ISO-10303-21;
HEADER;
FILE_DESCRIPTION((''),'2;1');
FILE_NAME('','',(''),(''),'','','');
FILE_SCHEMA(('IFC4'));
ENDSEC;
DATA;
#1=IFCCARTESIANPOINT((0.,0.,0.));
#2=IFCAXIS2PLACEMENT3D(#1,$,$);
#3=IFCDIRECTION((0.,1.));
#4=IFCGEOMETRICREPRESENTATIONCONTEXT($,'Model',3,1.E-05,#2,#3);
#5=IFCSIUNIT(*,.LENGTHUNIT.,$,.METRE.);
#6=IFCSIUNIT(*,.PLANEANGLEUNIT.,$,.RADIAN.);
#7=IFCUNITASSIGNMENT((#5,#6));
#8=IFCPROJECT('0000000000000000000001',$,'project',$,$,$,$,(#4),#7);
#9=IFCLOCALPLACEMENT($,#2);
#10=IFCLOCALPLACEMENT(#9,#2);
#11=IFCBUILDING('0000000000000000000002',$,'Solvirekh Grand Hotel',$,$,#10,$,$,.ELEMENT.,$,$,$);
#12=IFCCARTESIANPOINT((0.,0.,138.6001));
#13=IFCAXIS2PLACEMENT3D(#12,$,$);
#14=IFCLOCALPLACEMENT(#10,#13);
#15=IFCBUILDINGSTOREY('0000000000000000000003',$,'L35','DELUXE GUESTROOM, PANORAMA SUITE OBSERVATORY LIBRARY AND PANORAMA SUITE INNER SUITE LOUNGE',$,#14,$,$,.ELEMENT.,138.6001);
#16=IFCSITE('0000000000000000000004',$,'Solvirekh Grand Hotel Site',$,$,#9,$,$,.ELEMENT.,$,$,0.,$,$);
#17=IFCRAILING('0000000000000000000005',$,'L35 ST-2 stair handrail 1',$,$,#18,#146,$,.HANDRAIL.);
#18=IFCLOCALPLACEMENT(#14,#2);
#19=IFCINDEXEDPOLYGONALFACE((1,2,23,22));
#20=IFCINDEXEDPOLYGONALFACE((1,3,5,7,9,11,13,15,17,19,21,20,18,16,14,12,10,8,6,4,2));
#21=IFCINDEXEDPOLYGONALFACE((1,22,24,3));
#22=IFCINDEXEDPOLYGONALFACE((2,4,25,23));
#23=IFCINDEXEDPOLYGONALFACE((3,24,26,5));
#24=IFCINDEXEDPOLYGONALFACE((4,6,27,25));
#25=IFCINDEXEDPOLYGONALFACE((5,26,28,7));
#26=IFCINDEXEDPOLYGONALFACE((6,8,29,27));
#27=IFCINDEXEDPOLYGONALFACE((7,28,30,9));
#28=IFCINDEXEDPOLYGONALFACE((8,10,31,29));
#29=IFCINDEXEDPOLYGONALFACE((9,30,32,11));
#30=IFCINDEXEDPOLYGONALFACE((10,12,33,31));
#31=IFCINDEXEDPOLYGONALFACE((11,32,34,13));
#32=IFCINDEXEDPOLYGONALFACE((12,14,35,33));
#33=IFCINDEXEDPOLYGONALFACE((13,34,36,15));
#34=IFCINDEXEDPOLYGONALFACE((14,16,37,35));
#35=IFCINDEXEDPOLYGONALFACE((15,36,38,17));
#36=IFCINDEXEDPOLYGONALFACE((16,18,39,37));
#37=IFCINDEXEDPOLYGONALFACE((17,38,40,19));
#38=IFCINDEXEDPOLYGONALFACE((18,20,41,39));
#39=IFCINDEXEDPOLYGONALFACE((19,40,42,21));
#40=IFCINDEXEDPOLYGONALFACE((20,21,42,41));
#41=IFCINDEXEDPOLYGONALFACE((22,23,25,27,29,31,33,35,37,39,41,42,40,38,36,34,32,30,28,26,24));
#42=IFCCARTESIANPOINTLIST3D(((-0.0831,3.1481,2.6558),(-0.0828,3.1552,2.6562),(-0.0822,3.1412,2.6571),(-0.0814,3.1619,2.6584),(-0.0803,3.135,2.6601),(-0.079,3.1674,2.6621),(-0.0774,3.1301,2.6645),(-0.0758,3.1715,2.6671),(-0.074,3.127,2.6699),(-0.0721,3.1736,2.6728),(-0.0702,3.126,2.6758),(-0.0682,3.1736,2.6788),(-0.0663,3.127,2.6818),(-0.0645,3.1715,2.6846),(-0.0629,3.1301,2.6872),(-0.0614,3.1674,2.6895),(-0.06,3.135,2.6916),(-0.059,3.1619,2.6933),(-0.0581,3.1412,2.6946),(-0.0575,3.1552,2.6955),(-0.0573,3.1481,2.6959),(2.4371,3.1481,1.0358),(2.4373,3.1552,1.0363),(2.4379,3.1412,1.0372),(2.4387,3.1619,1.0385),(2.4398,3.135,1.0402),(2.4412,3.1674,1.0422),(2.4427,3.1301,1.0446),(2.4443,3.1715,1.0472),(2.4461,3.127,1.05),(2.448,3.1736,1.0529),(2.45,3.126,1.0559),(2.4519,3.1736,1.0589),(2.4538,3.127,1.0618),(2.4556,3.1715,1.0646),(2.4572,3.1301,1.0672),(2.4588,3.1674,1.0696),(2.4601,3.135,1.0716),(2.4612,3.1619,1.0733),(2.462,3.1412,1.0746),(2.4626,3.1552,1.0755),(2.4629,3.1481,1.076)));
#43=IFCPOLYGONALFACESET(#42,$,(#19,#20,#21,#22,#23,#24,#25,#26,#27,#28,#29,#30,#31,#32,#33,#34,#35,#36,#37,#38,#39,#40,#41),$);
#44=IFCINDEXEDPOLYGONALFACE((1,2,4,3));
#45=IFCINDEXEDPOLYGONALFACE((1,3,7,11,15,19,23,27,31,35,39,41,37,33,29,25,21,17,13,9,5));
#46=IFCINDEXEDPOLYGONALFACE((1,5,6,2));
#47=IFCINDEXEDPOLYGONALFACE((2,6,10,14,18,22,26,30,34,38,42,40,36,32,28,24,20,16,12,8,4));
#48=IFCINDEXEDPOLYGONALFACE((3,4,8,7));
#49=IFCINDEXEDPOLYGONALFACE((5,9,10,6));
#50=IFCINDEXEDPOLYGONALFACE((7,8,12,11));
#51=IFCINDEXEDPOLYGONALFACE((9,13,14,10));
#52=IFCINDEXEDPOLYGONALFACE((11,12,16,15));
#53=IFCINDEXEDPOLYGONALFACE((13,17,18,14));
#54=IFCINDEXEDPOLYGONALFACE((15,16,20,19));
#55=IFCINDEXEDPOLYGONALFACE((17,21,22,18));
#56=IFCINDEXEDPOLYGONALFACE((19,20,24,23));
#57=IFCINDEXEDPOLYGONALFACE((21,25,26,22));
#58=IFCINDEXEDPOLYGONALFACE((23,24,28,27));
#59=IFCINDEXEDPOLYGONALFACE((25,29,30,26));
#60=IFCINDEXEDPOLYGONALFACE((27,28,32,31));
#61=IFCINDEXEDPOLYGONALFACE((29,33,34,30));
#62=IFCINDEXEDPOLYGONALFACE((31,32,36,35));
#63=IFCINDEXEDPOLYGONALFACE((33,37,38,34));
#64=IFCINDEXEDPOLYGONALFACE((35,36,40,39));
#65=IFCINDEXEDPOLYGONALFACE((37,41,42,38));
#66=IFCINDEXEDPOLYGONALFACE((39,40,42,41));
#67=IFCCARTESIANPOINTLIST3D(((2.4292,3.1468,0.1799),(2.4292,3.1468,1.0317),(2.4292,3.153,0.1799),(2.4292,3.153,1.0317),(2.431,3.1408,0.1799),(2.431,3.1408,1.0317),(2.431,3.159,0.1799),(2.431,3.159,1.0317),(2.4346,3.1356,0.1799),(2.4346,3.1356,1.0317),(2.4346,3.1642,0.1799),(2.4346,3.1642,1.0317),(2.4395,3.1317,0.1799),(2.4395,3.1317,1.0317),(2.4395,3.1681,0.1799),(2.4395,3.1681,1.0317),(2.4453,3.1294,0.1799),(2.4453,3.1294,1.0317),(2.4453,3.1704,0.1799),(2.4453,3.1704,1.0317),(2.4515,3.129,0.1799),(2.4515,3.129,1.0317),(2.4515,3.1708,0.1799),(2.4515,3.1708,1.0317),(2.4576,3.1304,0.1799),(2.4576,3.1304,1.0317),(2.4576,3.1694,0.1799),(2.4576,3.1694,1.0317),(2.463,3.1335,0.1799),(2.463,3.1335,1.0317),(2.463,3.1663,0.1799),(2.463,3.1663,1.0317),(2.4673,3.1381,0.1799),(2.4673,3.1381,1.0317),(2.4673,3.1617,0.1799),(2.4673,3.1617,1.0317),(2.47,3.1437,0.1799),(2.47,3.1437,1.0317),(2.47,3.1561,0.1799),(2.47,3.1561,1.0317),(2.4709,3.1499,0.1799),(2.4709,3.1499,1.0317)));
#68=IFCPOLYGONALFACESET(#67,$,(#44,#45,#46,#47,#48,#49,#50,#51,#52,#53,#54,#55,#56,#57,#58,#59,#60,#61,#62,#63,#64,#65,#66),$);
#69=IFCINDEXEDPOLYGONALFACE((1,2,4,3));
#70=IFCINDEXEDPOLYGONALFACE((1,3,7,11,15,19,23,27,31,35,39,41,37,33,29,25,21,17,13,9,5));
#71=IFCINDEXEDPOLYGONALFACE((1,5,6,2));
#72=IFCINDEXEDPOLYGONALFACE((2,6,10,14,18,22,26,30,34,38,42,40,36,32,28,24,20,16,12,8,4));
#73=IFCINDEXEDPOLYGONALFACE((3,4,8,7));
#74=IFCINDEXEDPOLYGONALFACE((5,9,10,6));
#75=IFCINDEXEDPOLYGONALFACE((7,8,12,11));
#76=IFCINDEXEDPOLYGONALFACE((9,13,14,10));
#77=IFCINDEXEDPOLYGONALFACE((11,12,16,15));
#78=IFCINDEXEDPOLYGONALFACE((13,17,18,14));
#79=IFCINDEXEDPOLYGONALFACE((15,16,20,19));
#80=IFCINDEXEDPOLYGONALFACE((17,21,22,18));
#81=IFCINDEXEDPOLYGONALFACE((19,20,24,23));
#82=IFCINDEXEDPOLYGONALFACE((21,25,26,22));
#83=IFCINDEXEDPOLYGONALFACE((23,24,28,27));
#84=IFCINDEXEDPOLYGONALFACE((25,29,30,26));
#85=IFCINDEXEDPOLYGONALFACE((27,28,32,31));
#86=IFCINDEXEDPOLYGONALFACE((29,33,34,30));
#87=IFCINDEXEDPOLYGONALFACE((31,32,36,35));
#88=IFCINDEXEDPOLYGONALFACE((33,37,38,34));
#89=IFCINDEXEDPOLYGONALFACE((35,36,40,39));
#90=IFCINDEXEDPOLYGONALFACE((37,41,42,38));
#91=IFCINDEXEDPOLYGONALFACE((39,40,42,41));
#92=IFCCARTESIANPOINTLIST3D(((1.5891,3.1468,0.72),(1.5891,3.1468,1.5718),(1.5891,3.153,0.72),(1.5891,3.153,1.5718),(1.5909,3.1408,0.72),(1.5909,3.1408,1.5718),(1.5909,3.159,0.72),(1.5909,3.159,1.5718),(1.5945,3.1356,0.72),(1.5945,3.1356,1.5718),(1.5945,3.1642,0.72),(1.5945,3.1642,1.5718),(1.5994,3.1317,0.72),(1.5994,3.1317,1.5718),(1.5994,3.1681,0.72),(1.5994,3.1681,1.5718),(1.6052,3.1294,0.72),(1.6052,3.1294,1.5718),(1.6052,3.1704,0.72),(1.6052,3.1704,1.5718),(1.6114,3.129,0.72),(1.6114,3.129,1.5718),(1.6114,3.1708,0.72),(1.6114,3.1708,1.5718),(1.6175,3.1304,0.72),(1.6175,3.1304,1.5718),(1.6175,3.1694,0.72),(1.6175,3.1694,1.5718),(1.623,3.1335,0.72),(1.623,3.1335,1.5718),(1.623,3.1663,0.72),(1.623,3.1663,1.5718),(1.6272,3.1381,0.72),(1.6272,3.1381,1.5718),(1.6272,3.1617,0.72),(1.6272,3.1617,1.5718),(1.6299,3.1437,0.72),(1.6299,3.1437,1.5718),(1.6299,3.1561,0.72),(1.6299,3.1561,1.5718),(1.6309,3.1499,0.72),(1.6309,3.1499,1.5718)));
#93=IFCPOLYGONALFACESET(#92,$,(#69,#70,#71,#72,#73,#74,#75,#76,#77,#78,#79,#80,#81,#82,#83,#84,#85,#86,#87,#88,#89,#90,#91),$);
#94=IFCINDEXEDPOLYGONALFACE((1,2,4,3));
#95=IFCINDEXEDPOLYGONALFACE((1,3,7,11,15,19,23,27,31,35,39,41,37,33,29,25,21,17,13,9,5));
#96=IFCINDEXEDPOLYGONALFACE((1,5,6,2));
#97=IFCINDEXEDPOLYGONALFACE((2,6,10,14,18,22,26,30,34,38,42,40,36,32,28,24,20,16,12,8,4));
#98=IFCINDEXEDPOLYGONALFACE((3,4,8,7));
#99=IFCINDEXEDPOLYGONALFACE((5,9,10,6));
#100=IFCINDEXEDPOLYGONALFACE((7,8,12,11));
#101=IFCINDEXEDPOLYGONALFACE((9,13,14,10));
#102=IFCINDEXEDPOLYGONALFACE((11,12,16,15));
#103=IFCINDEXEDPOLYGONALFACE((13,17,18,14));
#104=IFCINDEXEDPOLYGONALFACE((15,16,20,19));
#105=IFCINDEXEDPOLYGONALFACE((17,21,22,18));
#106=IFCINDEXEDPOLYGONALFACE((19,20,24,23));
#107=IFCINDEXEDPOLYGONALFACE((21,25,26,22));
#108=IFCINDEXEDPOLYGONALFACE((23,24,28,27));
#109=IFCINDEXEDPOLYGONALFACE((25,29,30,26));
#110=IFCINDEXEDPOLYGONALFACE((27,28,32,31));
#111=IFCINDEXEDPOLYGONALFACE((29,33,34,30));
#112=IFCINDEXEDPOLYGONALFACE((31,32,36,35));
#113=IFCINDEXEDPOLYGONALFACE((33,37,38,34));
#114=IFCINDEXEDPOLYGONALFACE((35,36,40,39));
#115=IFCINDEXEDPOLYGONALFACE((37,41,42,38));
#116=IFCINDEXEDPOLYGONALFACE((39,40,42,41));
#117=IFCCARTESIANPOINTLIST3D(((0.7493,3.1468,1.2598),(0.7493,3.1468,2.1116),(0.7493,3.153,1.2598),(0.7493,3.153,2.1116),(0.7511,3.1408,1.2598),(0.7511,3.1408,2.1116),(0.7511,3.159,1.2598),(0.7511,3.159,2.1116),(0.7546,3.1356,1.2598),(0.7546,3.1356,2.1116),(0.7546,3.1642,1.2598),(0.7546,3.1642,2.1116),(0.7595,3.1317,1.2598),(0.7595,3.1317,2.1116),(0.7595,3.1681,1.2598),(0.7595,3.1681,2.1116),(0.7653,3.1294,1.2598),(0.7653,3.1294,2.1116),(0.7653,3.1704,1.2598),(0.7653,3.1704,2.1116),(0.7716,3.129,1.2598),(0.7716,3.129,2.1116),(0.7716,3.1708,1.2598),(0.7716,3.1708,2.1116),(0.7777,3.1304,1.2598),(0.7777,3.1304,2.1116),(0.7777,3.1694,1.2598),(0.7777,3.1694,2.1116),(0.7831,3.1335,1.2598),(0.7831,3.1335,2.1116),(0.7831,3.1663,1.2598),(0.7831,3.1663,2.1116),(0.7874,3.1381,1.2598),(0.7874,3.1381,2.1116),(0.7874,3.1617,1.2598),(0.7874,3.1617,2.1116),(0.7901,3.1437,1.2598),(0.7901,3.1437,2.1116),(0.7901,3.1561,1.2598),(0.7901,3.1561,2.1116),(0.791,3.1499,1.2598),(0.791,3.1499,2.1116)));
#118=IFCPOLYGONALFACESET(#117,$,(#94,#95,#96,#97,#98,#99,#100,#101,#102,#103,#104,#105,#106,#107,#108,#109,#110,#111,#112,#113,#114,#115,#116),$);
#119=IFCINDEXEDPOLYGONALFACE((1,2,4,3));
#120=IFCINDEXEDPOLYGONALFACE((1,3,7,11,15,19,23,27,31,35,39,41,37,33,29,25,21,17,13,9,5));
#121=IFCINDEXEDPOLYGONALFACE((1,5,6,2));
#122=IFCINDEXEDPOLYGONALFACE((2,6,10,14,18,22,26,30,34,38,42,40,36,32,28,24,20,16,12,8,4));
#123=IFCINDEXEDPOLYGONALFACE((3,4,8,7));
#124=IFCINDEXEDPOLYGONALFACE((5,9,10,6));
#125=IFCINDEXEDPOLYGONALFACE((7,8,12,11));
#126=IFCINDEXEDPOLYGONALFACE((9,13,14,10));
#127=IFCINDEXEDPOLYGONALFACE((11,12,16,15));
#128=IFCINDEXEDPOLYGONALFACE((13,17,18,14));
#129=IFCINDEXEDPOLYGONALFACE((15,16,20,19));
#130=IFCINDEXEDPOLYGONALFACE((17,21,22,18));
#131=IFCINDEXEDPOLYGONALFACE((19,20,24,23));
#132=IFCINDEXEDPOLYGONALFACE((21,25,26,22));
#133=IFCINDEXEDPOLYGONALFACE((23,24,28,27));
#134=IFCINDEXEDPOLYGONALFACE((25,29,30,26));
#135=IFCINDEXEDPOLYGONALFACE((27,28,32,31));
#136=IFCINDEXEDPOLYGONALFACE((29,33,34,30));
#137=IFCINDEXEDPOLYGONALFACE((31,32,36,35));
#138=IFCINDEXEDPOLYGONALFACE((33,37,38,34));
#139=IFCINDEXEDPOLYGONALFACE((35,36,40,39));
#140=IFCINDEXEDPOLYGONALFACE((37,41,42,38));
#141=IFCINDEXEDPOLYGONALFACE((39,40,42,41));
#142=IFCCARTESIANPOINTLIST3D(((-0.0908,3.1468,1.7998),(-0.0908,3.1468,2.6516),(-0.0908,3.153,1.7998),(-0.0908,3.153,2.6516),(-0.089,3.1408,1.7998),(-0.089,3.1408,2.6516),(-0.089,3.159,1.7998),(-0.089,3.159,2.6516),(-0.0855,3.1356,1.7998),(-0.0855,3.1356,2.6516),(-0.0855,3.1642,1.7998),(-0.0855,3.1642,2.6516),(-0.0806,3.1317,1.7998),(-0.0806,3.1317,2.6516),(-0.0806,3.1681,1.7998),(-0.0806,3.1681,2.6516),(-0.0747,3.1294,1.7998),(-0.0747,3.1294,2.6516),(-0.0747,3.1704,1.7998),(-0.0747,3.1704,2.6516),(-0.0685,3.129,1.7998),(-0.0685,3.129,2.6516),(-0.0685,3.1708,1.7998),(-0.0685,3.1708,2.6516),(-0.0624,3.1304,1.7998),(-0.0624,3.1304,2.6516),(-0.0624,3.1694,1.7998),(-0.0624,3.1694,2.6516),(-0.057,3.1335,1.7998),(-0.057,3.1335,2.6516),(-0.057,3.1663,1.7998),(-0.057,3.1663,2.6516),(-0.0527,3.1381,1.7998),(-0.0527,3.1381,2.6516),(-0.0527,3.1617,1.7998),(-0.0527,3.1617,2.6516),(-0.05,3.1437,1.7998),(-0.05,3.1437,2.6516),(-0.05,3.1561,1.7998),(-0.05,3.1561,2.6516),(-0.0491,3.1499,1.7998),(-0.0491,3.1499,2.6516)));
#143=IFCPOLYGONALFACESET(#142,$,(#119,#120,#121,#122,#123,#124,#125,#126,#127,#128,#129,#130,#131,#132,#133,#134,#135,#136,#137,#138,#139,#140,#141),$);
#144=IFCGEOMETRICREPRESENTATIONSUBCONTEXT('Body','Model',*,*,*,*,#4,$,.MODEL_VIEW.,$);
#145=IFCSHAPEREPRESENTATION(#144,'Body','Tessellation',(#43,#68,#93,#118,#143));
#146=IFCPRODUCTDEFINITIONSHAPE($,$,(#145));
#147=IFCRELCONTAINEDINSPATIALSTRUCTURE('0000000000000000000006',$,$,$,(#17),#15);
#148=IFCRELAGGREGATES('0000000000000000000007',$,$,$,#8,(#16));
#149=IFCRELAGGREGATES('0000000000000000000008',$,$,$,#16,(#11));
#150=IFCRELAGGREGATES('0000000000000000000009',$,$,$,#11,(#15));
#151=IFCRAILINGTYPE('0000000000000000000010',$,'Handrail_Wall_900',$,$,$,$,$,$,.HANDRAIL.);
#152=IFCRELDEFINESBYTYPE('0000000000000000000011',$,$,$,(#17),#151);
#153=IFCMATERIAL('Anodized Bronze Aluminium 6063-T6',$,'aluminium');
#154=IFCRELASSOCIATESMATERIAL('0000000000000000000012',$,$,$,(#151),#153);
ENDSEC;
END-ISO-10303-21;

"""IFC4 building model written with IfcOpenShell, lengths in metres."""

from ifc_helpers import new_model, si_unit, direction, frame, origin, origin_2d, place, context, subcontext, project, spatial, circle, extrude, material, type_object, element, save


model = new_model("IFC4")

# Units and contexts
model_context = context("Model", 3, precision=1e-05, world=origin(), true_north=direction((0.0, 1.0)))
body_context = subcontext(model_context, "Body", "Model", "MODEL_VIEW")
ifc_project = project(units=[si_unit("LENGTHUNIT", "METRE"), si_unit("PLANEANGLEUNIT", "RADIAN")], contexts=[model_context])

# Site, building, storey
site_placement = place(None, origin())
site = spatial("IfcSite", under=ifc_project, at=site_placement, Name="Solvirekh Grand Hotel Site", CompositionType="ELEMENT", RefElevation=0.0)
building_placement = place(site_placement, origin())
building = spatial("IfcBuilding", under=site, at=building_placement, Name="Solvirekh Grand Hotel", CompositionType="ELEMENT")
storey_placement = place(building_placement, frame((0.0, 0.0, 138.6001)))
storey = spatial("IfcBuildingStorey", under=building, at=storey_placement, Name="L35", Description="DELUXE GUESTROOM, PANORAMA SUITE OBSERVATORY LIBRARY AND PANORAMA SUITE INNER SUITE LOUNGE", CompositionType="ELEMENT", Elevation=138.6001)

# Shared definitions
ifc_material_1 = material(Name="Anodized Bronze Aluminium 6063-T6", Category="aluminium")

# Railing
railing_type_1 = type_object("IfcRailingType", Name="Handrail_Wall_900", PredefinedType="HANDRAIL", material=ifc_material_1)
for number, where, name in (
    (1, (2.45, 3.1499, 0.1799), "L35 ST-2 stair handrail 1"),
):
    element("IfcRailing", number, at=place(storey_placement, frame(where)), inside=storey, type_object=railing_type_1, Name=name, PredefinedType="HANDRAIL", context=body_context, shape_type="SweptSolid", body=[
        extrude(circle(Radius=0.0239, at=origin_2d()), frame((0.0, 0.0, 0.876), z_axis=(-0.8412, 0.0, 0.540725), x_axis=(0.0, -1.0, 0.0)), (0.0, 0.0, 1.0), 2.9958),
        extrude(circle(Radius=0.021, at=origin_2d()), origin(), (0.0, 0.0, 1.0), 0.8518),
        extrude(circle(Radius=0.021, at=origin_2d()), frame((-0.8401, 0.0, 0.54)), (0.0, 0.0, 1.0), 0.8518),
        extrude(circle(Radius=0.021, at=origin_2d()), frame((-1.6799, 0.0, 1.0798)), (0.0, 0.0, 1.0), 0.8518),
        extrude(circle(Radius=0.021, at=origin_2d()), frame((-2.52, 0.0, 1.6199)), (0.0, 0.0, 1.0), 0.8518),
    ])

save(model, "model.ifc")
